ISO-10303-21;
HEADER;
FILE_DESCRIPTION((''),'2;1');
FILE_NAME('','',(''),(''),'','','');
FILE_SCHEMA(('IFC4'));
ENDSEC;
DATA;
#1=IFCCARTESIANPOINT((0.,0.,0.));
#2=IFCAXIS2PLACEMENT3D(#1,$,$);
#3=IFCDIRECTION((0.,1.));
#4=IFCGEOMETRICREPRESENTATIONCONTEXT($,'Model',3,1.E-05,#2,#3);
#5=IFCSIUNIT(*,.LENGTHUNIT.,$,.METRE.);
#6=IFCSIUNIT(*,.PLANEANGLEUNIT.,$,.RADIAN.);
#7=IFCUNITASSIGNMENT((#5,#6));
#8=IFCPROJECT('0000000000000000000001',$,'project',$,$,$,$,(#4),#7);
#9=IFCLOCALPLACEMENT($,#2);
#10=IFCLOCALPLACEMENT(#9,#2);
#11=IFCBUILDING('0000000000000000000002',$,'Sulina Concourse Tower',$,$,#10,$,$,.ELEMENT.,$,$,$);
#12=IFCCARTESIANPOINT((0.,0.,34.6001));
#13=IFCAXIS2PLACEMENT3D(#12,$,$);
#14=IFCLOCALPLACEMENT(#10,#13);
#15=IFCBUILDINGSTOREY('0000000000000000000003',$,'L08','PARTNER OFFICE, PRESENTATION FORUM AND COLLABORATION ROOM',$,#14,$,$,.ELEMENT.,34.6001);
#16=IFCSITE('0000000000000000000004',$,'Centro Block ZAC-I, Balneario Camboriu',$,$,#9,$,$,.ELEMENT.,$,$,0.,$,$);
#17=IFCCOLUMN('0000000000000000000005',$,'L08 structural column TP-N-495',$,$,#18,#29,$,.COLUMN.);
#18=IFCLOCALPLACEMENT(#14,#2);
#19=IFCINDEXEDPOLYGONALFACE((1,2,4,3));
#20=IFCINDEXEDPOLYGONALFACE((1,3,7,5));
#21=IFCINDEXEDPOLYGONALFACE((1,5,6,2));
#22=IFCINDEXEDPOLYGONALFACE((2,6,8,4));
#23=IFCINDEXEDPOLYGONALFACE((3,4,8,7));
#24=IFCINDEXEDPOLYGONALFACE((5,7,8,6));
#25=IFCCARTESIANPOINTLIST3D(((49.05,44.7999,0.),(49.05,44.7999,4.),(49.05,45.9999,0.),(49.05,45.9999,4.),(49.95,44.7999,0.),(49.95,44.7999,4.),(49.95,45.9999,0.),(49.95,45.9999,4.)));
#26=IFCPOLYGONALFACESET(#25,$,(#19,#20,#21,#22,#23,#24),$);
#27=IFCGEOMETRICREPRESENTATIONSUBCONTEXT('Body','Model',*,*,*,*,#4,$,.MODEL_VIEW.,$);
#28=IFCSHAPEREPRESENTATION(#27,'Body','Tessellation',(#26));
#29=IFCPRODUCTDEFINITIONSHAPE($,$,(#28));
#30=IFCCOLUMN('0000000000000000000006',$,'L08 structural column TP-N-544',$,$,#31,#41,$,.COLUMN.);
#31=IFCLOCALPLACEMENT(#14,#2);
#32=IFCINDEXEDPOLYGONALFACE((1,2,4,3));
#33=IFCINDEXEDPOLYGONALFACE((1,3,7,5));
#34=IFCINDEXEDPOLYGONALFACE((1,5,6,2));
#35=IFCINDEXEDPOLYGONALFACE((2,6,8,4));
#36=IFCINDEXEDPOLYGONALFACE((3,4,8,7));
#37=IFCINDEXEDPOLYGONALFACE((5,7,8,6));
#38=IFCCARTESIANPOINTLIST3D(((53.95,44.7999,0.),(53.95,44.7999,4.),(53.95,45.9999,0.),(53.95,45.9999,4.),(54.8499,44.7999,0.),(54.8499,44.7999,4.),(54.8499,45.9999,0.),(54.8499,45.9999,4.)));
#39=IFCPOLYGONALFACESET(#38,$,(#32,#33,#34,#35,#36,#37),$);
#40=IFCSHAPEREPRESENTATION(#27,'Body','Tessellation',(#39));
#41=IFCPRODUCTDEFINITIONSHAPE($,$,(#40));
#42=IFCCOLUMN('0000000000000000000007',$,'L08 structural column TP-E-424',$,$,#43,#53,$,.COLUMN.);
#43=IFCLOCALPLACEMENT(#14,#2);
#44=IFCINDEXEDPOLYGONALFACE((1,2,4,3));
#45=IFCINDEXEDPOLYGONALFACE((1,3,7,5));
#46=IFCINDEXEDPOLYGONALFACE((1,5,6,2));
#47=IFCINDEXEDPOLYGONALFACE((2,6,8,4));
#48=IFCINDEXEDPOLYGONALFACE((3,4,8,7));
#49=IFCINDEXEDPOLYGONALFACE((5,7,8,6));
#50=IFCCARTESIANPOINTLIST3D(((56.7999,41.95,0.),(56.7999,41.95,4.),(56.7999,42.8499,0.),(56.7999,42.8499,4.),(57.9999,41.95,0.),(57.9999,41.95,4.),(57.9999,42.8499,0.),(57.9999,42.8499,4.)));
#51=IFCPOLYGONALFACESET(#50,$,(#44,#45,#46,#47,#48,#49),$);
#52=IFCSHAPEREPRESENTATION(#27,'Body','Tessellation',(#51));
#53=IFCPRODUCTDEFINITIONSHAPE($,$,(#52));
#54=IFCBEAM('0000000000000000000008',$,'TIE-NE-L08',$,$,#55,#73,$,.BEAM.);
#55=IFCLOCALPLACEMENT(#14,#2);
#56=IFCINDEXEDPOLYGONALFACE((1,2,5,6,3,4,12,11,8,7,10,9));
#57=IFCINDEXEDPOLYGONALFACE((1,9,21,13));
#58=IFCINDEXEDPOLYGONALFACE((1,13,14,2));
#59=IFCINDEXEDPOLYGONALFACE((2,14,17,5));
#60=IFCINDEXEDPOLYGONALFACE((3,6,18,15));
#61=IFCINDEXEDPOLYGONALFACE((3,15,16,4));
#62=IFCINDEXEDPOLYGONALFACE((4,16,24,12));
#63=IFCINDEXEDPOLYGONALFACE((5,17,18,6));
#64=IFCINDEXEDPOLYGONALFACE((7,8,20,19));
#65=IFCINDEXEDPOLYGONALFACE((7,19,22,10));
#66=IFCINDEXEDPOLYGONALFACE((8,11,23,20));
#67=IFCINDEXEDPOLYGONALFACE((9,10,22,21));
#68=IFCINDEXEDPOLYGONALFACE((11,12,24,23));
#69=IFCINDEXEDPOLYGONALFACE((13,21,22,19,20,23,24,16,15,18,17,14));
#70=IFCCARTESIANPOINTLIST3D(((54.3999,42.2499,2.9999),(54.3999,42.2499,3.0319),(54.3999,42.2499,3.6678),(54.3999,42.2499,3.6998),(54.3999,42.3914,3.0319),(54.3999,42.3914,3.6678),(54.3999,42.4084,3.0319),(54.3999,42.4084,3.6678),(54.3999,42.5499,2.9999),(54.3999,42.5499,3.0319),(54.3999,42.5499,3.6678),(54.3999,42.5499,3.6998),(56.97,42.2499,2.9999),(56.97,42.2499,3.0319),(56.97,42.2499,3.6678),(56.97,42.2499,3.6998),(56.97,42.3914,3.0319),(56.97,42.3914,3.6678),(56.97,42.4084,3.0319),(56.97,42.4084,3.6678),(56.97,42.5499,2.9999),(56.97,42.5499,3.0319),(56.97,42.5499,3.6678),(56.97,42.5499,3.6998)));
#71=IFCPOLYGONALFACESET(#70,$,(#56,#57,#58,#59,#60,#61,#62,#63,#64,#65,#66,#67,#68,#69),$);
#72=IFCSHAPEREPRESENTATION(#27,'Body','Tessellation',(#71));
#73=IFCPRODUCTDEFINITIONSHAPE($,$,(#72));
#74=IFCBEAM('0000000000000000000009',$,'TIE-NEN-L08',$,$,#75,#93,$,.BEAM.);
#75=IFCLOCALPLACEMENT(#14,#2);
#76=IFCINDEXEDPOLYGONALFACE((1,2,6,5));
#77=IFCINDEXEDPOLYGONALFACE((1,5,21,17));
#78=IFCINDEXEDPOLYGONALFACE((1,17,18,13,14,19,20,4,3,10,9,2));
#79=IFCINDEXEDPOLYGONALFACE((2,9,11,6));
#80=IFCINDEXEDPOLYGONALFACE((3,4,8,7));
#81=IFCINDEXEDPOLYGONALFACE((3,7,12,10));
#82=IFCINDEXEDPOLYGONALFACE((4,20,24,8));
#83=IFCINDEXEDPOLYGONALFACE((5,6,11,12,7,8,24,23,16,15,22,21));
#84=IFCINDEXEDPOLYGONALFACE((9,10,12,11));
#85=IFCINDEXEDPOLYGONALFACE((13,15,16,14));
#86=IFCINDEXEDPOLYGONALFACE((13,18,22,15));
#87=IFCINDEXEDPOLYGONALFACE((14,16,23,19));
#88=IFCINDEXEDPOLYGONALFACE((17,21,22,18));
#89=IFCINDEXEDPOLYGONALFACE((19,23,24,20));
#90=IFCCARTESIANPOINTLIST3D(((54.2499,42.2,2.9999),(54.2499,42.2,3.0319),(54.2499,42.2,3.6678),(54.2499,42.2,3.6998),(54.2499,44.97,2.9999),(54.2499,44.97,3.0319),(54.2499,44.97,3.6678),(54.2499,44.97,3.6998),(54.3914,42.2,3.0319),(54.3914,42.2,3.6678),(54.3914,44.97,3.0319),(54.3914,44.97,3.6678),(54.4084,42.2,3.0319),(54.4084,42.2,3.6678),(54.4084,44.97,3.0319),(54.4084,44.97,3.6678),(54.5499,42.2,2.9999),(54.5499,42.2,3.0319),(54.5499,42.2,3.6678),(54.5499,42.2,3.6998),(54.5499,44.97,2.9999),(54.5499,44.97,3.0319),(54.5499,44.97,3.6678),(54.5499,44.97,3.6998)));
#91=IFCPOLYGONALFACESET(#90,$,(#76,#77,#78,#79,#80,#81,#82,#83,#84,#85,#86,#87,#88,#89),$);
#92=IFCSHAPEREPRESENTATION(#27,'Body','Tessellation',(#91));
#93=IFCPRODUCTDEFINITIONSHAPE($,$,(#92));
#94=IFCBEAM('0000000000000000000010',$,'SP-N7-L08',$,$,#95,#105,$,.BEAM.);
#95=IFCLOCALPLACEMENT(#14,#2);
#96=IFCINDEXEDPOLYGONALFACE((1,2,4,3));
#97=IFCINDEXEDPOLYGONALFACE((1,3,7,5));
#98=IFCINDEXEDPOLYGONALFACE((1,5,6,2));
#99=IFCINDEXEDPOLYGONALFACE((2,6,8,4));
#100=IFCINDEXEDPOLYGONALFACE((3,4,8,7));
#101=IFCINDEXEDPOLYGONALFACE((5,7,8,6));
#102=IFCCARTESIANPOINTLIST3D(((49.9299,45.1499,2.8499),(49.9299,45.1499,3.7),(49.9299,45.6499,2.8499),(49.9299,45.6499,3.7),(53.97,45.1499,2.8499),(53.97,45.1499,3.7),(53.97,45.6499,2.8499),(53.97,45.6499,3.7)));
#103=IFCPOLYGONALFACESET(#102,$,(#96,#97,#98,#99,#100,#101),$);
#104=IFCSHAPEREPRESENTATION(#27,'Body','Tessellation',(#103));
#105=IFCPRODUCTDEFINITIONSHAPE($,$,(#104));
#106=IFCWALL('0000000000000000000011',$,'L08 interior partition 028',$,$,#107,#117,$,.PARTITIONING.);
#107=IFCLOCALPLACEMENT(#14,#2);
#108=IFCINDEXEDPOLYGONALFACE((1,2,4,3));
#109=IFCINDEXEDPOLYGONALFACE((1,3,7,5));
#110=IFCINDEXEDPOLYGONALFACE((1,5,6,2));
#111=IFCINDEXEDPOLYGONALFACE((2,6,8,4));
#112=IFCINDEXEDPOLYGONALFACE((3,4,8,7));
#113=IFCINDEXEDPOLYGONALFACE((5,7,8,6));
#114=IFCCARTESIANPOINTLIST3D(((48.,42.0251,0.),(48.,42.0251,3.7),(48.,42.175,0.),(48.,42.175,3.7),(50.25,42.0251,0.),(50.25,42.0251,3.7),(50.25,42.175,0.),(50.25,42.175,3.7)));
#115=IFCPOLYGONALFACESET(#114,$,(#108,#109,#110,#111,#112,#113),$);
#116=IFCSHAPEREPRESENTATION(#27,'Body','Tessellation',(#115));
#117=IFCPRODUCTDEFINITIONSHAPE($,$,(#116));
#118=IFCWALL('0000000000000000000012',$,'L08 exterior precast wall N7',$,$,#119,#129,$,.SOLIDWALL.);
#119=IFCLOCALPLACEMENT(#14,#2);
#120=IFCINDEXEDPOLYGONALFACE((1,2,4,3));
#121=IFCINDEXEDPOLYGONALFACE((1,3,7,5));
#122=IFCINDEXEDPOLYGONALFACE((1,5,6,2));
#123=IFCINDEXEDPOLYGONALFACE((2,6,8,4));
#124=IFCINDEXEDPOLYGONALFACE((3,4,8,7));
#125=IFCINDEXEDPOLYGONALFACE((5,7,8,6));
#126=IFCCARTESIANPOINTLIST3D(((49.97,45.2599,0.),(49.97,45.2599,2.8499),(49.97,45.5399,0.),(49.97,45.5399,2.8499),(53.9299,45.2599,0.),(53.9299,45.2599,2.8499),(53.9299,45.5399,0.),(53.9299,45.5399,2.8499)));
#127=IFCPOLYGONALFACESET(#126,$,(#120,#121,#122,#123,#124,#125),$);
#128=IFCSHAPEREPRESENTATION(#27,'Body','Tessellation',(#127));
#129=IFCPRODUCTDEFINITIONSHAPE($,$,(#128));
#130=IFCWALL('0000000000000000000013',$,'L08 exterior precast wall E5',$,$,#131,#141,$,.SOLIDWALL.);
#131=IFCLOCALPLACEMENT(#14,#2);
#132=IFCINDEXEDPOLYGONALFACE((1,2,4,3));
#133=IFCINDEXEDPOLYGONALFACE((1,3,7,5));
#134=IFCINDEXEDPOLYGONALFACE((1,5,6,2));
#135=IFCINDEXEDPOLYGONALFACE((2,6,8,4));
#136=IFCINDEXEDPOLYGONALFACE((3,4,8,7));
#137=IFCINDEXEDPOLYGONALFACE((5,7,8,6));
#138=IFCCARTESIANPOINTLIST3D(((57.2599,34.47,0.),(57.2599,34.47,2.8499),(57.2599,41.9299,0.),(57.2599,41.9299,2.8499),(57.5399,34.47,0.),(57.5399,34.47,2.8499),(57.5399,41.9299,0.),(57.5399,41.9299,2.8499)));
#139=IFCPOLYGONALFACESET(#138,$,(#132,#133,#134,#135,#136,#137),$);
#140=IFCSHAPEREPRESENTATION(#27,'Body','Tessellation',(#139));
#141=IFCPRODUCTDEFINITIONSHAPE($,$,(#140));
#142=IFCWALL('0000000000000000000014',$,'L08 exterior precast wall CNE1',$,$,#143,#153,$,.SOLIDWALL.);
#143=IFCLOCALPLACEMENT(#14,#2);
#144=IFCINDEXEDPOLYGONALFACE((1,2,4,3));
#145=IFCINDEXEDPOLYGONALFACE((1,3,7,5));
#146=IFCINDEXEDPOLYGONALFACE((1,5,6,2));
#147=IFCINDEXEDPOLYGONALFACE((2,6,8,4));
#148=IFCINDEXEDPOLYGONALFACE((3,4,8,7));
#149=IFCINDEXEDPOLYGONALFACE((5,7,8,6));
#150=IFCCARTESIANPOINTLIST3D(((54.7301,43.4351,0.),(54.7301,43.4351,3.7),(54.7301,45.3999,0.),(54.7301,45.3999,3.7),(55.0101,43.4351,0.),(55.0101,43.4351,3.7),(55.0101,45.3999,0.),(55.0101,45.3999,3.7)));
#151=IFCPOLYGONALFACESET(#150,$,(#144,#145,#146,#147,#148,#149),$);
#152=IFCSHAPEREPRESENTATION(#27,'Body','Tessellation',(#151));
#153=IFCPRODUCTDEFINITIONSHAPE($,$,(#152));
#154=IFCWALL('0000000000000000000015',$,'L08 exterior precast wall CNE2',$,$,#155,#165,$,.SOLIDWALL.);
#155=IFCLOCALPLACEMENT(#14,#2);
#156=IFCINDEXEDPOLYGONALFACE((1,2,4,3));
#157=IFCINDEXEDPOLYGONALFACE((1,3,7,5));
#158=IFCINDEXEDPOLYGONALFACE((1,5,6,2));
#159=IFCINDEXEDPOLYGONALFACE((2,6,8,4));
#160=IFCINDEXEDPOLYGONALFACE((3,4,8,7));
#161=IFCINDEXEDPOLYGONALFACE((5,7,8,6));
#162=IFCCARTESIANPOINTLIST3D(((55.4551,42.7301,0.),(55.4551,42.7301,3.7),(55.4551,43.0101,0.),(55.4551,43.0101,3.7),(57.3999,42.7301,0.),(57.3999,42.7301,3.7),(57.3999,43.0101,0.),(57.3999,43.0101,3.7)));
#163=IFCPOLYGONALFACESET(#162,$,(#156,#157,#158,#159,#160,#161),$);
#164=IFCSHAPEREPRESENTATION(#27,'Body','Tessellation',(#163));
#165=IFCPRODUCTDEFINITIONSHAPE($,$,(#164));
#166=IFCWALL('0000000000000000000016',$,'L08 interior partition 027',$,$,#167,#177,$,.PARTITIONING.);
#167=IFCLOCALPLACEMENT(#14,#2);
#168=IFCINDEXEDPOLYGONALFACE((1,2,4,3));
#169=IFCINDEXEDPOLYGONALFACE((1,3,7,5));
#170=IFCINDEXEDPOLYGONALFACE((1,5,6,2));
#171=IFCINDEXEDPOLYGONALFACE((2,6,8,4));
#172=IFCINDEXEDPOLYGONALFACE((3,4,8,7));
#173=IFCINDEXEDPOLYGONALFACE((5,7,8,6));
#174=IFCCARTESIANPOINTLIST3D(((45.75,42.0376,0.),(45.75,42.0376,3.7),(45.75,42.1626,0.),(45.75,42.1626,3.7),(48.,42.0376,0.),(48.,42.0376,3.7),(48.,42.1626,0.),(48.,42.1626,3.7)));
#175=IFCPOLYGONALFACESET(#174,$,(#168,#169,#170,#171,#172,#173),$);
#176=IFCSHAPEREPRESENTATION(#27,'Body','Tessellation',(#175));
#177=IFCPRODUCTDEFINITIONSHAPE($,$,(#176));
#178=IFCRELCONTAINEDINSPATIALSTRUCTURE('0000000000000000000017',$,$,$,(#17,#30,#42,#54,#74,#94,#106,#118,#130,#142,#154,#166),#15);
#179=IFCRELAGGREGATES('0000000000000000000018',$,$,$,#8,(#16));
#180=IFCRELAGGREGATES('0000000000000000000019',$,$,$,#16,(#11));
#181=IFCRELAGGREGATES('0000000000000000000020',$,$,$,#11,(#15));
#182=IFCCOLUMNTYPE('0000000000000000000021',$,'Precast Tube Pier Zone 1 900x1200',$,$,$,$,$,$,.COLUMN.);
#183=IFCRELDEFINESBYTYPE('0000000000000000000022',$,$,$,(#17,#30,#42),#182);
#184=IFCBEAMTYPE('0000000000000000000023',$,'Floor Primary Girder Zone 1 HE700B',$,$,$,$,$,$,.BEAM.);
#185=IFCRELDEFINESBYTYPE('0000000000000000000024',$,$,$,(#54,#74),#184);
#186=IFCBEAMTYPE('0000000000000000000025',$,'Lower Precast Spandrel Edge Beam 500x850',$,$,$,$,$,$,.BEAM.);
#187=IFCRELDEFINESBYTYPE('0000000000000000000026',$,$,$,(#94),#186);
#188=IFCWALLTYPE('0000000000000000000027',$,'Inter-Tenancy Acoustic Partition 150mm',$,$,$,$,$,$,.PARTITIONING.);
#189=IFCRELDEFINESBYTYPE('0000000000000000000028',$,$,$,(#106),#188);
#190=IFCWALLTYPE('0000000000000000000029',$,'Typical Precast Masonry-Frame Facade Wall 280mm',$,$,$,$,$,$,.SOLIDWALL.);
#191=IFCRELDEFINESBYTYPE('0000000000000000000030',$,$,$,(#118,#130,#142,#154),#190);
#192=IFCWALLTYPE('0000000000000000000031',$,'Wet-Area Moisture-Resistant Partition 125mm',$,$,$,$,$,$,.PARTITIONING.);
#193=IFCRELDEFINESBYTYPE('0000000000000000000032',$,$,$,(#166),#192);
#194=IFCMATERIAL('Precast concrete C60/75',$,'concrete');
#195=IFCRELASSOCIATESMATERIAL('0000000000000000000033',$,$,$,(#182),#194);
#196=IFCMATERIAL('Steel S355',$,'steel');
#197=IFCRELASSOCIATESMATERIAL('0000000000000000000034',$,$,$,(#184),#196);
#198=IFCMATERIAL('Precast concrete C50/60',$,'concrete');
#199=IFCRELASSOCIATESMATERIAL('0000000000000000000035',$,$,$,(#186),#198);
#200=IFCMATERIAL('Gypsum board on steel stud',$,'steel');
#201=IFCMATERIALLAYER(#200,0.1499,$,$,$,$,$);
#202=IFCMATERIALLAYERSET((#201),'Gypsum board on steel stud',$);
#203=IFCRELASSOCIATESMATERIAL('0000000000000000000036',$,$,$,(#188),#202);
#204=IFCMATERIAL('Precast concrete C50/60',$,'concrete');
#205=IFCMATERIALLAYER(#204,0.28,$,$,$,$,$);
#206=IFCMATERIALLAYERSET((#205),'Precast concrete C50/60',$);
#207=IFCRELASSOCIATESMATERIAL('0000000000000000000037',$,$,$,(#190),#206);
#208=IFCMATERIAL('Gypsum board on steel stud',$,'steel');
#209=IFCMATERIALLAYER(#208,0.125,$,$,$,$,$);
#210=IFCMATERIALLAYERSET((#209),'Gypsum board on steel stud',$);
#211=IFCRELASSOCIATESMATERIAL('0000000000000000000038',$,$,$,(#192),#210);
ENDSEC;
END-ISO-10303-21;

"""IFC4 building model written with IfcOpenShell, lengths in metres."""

from ifc_helpers import new_model, si_unit, direction, frame, frame_2d, origin, origin_2d, place, context, subcontext, project, spatial, rectangle, i_section, extrude, material, layer, layer_set, material_profile, profile_set, type_object, element, save


model = new_model("IFC4")

# Units and contexts
model_context = context("Model", 3, precision=1e-05, world=origin(), true_north=direction((0.0, 1.0)))
body_context = subcontext(model_context, "Body", "Model", "MODEL_VIEW")
ifc_project = project(units=[si_unit("LENGTHUNIT", "METRE"), si_unit("PLANEANGLEUNIT", "RADIAN")], contexts=[model_context])

# Site, building, storey
site_placement = place(None, origin())
site = spatial("IfcSite", under=ifc_project, at=site_placement, Name="Centro Block ZAC-I, Balneario Camboriu", CompositionType="ELEMENT", RefElevation=0.0)
building_placement = place(site_placement, origin())
building = spatial("IfcBuilding", under=site, at=building_placement, Name="Sulina Concourse Tower", CompositionType="ELEMENT")
storey_placement = place(building_placement, frame((0.0, 0.0, 34.6001)))
storey = spatial("IfcBuildingStorey", under=building, at=storey_placement, Name="L08", Description="PARTNER OFFICE, PRESENTATION FORUM AND COLLABORATION ROOM", CompositionType="ELEMENT", Elevation=34.6001)

# Columns
ifc_material_1 = material(Name="Precast concrete C60/75", Category="concrete")
ifc_material_profile_1 = material_profile(ifc_material_1, rectangle(XDim=0.8999, YDim=1.2, at=origin_2d()), Name="PC 900x1200")
ifc_profile_set_1 = profile_set([ifc_material_profile_1], Name="Precast concrete C60/75")
column_type = type_object("IfcColumnType", Name="Precast Tube Pier Zone 1 900x1200", PredefinedType="COLUMN", material=ifc_profile_set_1)
for number, where, z_axis, x_axis, name in (
    (1, (49.5, 45.3999, 0.0), (0.0, 0.0, 1.0), (1.0, 0.0, 0.0), "L08 structural column TP-N-495"),
    (2, (54.3999, 45.3999, 0.0), (0.0, 0.0, 1.0), (1.0, 0.0, 0.0), "L08 structural column TP-N-544"),
    (3, (57.3999, 42.3999, 0.0), (0.0, 0.0, 1.0), (0.0, 1.0, 0.0), "L08 structural column TP-E-424"),
):
    element("IfcColumn", number, at=place(storey_placement, frame(where, z_axis=z_axis, x_axis=x_axis)), inside=storey, type_object=column_type, Name=name, PredefinedType="COLUMN", context=body_context, shape_type="SweptSolid", body=[
        extrude(rectangle(XDim=0.8999, YDim=1.2, at=origin_2d()), origin(), (0.0, 0.0, 1.0), 4.0),
    ])

# Beams
ifc_material_2 = material(Name="Steel S355", Category="steel")
ifc_material_profile_2 = material_profile(ifc_material_2, i_section(OverallWidth=0.3, OverallDepth=0.7, WebThickness=0.0171, FlangeThickness=0.032, at=origin_2d()), Name="HE 700 B")
ifc_profile_set_2 = profile_set([ifc_material_profile_2], Name="Steel S355")
beam_type_1 = type_object("IfcBeamType", Name="Floor Primary Girder Zone 1 HE700B", PredefinedType="BEAM", material=ifc_profile_set_2)
beam_1_placement = place(storey_placement, frame((54.3999, 42.3999, 3.3499), z_axis=(1.0, 0.0, 0.0), x_axis=(0.0, 1.0, 0.0)))
element("IfcBeam", 4, at=beam_1_placement, inside=storey, type_object=beam_type_1, Name="TIE-NE-L08", PredefinedType="BEAM", context=body_context, shape_type="SweptSolid", body=[
    extrude(i_section(OverallWidth=0.3, OverallDepth=0.7, WebThickness=0.0171, FlangeThickness=0.032, at=origin_2d()), origin(), (0.0, 0.0, 1.0), 2.5701),
])
beam_2_placement = place(storey_placement, frame((54.3999, 42.2, 3.3499), z_axis=(0.0, 1.0, 0.0), x_axis=(-1.0, 0.0, 0.0)))
element("IfcBeam", 5, at=beam_2_placement, inside=storey, type_object=beam_type_1, Name="TIE-NEN-L08", PredefinedType="BEAM", context=body_context, shape_type="SweptSolid", body=[
    extrude(i_section(OverallWidth=0.3, OverallDepth=0.7, WebThickness=0.0171, FlangeThickness=0.032, at=origin_2d()), origin(), (0.0, 0.0, 1.0), 2.77),
])
ifc_material_3 = material(Name="Precast concrete C50/60", Category="concrete")
ifc_material_profile_3 = material_profile(ifc_material_3, rectangle(XDim=0.5, YDim=0.8501, at=origin_2d()), Name="RC 500x850")
ifc_profile_set_3 = profile_set([ifc_material_profile_3], Name="Precast concrete C50/60")
beam_type_2 = type_object("IfcBeamType", Name="Lower Precast Spandrel Edge Beam 500x850", PredefinedType="BEAM", material=ifc_profile_set_3)
beam_3_placement = place(storey_placement, frame((49.9299, 45.3999, 3.2749), z_axis=(1.0, 0.0, 0.0), x_axis=(0.0, 1.0, 0.0)))
element("IfcBeam", 6, at=beam_3_placement, inside=storey, type_object=beam_type_2, Name="SP-N7-L08", PredefinedType="BEAM", context=body_context, shape_type="SweptSolid", body=[
    extrude(rectangle(XDim=0.5, YDim=0.8501, at=origin_2d()), origin(), (0.0, 0.0, 1.0), 4.04),
])

# Walls
ifc_material_4 = material(Name="Gypsum board on steel stud", Category="steel")
ifc_layer_1 = layer(ifc_material_4, 0.1499)
ifc_layer_set_1 = layer_set([ifc_layer_1], Name="Gypsum board on steel stud")
wall_type_1 = type_object("IfcWallType", Name="Inter-Tenancy Acoustic Partition 150mm", PredefinedType="PARTITIONING", material=ifc_layer_set_1)
wall_1_placement = place(storey_placement, frame((48.0, 42.1001, 0.0), z_axis=(0.0, 0.0, 1.0), x_axis=(1.0, 0.0, 0.0)))
element("IfcWall", 7, at=wall_1_placement, inside=storey, type_object=wall_type_1, Name="L08 interior partition 028", PredefinedType="PARTITIONING", context=body_context, shape_type="SweptSolid", body=[
    extrude(rectangle(XDim=2.25, YDim=0.1499, at=frame_2d((1.125, 0.0))), origin(), (0.0, 0.0, 1.0), 3.7),
])
ifc_material_5 = material(Name="Precast concrete C50/60", Category="concrete")
ifc_layer_2 = layer(ifc_material_5, 0.28)
ifc_layer_set_2 = layer_set([ifc_layer_2], Name="Precast concrete C50/60")
wall_type_2 = type_object("IfcWallType", Name="Typical Precast Masonry-Frame Facade Wall 280mm", PredefinedType="SOLIDWALL", material=ifc_layer_set_2)
wall_2_placement = place(storey_placement, frame((49.97, 45.3999, 0.0), z_axis=(0.0, 0.0, 1.0), x_axis=(1.0, 0.0, 0.0)))
element("IfcWall", 8, at=wall_2_placement, inside=storey, type_object=wall_type_2, Name="L08 exterior precast wall N7", PredefinedType="SOLIDWALL", context=body_context, shape_type="SweptSolid", body=[
    extrude(rectangle(XDim=3.96, YDim=0.28, at=frame_2d((1.98, 0.0))), origin(), (0.0, 0.0, 1.0), 2.8499),
])
wall_3_placement = place(storey_placement, frame((57.3999, 41.9299, 0.0), z_axis=(0.0, 0.0, 1.0), x_axis=(0.0, -1.0, 0.0)))
element("IfcWall", 9, at=wall_3_placement, inside=storey, type_object=wall_type_2, Name="L08 exterior precast wall E5", PredefinedType="SOLIDWALL", context=body_context, shape_type="SweptSolid", body=[
    extrude(rectangle(XDim=7.46, YDim=0.28, at=frame_2d((3.73, 0.0))), origin(), (0.0, 0.0, 1.0), 2.8499),
])
wall_4_placement = place(storey_placement, frame((54.8701, 45.3999, 0.0), z_axis=(0.0, 0.0, 1.0), x_axis=(0.0, -1.0, 0.0)))
element("IfcWall", 10, at=wall_4_placement, inside=storey, type_object=wall_type_2, Name="L08 exterior precast wall CNE1", PredefinedType="SOLIDWALL", context=body_context, shape_type="SweptSolid", body=[
    extrude(rectangle(XDim=1.9648, YDim=0.28, at=frame_2d((0.9824, 0.0))), origin(), (0.0, 0.0, 1.0), 3.7),
])
wall_5_placement = place(storey_placement, frame((55.4551, 42.8701, 0.0), z_axis=(0.0, 0.0, 1.0), x_axis=(1.0, 0.0, 0.0)))
element("IfcWall", 11, at=wall_5_placement, inside=storey, type_object=wall_type_2, Name="L08 exterior precast wall CNE2", PredefinedType="SOLIDWALL", context=body_context, shape_type="SweptSolid", body=[
    extrude(rectangle(XDim=1.9448, YDim=0.28, at=frame_2d((0.9724, 0.0))), origin(), (0.0, 0.0, 1.0), 3.7),
])
ifc_material_6 = material(Name="Gypsum board on steel stud", Category="steel")
ifc_layer_3 = layer(ifc_material_6, 0.125)
ifc_layer_set_3 = layer_set([ifc_layer_3], Name="Gypsum board on steel stud")
wall_type_3 = type_object("IfcWallType", Name="Wet-Area Moisture-Resistant Partition 125mm", PredefinedType="PARTITIONING", material=ifc_layer_set_3)
wall_6_placement = place(storey_placement, frame((45.75, 42.1001, 0.0), z_axis=(0.0, 0.0, 1.0), x_axis=(1.0, 0.0, 0.0)))
element("IfcWall", 12, at=wall_6_placement, inside=storey, type_object=wall_type_3, Name="L08 interior partition 027", PredefinedType="PARTITIONING", context=body_context, shape_type="SweptSolid", body=[
    extrude(rectangle(XDim=2.25, YDim=0.125, at=frame_2d((1.125, 0.0))), origin(), (0.0, 0.0, 1.0), 3.7),
])

save(model, "model.ifc")
